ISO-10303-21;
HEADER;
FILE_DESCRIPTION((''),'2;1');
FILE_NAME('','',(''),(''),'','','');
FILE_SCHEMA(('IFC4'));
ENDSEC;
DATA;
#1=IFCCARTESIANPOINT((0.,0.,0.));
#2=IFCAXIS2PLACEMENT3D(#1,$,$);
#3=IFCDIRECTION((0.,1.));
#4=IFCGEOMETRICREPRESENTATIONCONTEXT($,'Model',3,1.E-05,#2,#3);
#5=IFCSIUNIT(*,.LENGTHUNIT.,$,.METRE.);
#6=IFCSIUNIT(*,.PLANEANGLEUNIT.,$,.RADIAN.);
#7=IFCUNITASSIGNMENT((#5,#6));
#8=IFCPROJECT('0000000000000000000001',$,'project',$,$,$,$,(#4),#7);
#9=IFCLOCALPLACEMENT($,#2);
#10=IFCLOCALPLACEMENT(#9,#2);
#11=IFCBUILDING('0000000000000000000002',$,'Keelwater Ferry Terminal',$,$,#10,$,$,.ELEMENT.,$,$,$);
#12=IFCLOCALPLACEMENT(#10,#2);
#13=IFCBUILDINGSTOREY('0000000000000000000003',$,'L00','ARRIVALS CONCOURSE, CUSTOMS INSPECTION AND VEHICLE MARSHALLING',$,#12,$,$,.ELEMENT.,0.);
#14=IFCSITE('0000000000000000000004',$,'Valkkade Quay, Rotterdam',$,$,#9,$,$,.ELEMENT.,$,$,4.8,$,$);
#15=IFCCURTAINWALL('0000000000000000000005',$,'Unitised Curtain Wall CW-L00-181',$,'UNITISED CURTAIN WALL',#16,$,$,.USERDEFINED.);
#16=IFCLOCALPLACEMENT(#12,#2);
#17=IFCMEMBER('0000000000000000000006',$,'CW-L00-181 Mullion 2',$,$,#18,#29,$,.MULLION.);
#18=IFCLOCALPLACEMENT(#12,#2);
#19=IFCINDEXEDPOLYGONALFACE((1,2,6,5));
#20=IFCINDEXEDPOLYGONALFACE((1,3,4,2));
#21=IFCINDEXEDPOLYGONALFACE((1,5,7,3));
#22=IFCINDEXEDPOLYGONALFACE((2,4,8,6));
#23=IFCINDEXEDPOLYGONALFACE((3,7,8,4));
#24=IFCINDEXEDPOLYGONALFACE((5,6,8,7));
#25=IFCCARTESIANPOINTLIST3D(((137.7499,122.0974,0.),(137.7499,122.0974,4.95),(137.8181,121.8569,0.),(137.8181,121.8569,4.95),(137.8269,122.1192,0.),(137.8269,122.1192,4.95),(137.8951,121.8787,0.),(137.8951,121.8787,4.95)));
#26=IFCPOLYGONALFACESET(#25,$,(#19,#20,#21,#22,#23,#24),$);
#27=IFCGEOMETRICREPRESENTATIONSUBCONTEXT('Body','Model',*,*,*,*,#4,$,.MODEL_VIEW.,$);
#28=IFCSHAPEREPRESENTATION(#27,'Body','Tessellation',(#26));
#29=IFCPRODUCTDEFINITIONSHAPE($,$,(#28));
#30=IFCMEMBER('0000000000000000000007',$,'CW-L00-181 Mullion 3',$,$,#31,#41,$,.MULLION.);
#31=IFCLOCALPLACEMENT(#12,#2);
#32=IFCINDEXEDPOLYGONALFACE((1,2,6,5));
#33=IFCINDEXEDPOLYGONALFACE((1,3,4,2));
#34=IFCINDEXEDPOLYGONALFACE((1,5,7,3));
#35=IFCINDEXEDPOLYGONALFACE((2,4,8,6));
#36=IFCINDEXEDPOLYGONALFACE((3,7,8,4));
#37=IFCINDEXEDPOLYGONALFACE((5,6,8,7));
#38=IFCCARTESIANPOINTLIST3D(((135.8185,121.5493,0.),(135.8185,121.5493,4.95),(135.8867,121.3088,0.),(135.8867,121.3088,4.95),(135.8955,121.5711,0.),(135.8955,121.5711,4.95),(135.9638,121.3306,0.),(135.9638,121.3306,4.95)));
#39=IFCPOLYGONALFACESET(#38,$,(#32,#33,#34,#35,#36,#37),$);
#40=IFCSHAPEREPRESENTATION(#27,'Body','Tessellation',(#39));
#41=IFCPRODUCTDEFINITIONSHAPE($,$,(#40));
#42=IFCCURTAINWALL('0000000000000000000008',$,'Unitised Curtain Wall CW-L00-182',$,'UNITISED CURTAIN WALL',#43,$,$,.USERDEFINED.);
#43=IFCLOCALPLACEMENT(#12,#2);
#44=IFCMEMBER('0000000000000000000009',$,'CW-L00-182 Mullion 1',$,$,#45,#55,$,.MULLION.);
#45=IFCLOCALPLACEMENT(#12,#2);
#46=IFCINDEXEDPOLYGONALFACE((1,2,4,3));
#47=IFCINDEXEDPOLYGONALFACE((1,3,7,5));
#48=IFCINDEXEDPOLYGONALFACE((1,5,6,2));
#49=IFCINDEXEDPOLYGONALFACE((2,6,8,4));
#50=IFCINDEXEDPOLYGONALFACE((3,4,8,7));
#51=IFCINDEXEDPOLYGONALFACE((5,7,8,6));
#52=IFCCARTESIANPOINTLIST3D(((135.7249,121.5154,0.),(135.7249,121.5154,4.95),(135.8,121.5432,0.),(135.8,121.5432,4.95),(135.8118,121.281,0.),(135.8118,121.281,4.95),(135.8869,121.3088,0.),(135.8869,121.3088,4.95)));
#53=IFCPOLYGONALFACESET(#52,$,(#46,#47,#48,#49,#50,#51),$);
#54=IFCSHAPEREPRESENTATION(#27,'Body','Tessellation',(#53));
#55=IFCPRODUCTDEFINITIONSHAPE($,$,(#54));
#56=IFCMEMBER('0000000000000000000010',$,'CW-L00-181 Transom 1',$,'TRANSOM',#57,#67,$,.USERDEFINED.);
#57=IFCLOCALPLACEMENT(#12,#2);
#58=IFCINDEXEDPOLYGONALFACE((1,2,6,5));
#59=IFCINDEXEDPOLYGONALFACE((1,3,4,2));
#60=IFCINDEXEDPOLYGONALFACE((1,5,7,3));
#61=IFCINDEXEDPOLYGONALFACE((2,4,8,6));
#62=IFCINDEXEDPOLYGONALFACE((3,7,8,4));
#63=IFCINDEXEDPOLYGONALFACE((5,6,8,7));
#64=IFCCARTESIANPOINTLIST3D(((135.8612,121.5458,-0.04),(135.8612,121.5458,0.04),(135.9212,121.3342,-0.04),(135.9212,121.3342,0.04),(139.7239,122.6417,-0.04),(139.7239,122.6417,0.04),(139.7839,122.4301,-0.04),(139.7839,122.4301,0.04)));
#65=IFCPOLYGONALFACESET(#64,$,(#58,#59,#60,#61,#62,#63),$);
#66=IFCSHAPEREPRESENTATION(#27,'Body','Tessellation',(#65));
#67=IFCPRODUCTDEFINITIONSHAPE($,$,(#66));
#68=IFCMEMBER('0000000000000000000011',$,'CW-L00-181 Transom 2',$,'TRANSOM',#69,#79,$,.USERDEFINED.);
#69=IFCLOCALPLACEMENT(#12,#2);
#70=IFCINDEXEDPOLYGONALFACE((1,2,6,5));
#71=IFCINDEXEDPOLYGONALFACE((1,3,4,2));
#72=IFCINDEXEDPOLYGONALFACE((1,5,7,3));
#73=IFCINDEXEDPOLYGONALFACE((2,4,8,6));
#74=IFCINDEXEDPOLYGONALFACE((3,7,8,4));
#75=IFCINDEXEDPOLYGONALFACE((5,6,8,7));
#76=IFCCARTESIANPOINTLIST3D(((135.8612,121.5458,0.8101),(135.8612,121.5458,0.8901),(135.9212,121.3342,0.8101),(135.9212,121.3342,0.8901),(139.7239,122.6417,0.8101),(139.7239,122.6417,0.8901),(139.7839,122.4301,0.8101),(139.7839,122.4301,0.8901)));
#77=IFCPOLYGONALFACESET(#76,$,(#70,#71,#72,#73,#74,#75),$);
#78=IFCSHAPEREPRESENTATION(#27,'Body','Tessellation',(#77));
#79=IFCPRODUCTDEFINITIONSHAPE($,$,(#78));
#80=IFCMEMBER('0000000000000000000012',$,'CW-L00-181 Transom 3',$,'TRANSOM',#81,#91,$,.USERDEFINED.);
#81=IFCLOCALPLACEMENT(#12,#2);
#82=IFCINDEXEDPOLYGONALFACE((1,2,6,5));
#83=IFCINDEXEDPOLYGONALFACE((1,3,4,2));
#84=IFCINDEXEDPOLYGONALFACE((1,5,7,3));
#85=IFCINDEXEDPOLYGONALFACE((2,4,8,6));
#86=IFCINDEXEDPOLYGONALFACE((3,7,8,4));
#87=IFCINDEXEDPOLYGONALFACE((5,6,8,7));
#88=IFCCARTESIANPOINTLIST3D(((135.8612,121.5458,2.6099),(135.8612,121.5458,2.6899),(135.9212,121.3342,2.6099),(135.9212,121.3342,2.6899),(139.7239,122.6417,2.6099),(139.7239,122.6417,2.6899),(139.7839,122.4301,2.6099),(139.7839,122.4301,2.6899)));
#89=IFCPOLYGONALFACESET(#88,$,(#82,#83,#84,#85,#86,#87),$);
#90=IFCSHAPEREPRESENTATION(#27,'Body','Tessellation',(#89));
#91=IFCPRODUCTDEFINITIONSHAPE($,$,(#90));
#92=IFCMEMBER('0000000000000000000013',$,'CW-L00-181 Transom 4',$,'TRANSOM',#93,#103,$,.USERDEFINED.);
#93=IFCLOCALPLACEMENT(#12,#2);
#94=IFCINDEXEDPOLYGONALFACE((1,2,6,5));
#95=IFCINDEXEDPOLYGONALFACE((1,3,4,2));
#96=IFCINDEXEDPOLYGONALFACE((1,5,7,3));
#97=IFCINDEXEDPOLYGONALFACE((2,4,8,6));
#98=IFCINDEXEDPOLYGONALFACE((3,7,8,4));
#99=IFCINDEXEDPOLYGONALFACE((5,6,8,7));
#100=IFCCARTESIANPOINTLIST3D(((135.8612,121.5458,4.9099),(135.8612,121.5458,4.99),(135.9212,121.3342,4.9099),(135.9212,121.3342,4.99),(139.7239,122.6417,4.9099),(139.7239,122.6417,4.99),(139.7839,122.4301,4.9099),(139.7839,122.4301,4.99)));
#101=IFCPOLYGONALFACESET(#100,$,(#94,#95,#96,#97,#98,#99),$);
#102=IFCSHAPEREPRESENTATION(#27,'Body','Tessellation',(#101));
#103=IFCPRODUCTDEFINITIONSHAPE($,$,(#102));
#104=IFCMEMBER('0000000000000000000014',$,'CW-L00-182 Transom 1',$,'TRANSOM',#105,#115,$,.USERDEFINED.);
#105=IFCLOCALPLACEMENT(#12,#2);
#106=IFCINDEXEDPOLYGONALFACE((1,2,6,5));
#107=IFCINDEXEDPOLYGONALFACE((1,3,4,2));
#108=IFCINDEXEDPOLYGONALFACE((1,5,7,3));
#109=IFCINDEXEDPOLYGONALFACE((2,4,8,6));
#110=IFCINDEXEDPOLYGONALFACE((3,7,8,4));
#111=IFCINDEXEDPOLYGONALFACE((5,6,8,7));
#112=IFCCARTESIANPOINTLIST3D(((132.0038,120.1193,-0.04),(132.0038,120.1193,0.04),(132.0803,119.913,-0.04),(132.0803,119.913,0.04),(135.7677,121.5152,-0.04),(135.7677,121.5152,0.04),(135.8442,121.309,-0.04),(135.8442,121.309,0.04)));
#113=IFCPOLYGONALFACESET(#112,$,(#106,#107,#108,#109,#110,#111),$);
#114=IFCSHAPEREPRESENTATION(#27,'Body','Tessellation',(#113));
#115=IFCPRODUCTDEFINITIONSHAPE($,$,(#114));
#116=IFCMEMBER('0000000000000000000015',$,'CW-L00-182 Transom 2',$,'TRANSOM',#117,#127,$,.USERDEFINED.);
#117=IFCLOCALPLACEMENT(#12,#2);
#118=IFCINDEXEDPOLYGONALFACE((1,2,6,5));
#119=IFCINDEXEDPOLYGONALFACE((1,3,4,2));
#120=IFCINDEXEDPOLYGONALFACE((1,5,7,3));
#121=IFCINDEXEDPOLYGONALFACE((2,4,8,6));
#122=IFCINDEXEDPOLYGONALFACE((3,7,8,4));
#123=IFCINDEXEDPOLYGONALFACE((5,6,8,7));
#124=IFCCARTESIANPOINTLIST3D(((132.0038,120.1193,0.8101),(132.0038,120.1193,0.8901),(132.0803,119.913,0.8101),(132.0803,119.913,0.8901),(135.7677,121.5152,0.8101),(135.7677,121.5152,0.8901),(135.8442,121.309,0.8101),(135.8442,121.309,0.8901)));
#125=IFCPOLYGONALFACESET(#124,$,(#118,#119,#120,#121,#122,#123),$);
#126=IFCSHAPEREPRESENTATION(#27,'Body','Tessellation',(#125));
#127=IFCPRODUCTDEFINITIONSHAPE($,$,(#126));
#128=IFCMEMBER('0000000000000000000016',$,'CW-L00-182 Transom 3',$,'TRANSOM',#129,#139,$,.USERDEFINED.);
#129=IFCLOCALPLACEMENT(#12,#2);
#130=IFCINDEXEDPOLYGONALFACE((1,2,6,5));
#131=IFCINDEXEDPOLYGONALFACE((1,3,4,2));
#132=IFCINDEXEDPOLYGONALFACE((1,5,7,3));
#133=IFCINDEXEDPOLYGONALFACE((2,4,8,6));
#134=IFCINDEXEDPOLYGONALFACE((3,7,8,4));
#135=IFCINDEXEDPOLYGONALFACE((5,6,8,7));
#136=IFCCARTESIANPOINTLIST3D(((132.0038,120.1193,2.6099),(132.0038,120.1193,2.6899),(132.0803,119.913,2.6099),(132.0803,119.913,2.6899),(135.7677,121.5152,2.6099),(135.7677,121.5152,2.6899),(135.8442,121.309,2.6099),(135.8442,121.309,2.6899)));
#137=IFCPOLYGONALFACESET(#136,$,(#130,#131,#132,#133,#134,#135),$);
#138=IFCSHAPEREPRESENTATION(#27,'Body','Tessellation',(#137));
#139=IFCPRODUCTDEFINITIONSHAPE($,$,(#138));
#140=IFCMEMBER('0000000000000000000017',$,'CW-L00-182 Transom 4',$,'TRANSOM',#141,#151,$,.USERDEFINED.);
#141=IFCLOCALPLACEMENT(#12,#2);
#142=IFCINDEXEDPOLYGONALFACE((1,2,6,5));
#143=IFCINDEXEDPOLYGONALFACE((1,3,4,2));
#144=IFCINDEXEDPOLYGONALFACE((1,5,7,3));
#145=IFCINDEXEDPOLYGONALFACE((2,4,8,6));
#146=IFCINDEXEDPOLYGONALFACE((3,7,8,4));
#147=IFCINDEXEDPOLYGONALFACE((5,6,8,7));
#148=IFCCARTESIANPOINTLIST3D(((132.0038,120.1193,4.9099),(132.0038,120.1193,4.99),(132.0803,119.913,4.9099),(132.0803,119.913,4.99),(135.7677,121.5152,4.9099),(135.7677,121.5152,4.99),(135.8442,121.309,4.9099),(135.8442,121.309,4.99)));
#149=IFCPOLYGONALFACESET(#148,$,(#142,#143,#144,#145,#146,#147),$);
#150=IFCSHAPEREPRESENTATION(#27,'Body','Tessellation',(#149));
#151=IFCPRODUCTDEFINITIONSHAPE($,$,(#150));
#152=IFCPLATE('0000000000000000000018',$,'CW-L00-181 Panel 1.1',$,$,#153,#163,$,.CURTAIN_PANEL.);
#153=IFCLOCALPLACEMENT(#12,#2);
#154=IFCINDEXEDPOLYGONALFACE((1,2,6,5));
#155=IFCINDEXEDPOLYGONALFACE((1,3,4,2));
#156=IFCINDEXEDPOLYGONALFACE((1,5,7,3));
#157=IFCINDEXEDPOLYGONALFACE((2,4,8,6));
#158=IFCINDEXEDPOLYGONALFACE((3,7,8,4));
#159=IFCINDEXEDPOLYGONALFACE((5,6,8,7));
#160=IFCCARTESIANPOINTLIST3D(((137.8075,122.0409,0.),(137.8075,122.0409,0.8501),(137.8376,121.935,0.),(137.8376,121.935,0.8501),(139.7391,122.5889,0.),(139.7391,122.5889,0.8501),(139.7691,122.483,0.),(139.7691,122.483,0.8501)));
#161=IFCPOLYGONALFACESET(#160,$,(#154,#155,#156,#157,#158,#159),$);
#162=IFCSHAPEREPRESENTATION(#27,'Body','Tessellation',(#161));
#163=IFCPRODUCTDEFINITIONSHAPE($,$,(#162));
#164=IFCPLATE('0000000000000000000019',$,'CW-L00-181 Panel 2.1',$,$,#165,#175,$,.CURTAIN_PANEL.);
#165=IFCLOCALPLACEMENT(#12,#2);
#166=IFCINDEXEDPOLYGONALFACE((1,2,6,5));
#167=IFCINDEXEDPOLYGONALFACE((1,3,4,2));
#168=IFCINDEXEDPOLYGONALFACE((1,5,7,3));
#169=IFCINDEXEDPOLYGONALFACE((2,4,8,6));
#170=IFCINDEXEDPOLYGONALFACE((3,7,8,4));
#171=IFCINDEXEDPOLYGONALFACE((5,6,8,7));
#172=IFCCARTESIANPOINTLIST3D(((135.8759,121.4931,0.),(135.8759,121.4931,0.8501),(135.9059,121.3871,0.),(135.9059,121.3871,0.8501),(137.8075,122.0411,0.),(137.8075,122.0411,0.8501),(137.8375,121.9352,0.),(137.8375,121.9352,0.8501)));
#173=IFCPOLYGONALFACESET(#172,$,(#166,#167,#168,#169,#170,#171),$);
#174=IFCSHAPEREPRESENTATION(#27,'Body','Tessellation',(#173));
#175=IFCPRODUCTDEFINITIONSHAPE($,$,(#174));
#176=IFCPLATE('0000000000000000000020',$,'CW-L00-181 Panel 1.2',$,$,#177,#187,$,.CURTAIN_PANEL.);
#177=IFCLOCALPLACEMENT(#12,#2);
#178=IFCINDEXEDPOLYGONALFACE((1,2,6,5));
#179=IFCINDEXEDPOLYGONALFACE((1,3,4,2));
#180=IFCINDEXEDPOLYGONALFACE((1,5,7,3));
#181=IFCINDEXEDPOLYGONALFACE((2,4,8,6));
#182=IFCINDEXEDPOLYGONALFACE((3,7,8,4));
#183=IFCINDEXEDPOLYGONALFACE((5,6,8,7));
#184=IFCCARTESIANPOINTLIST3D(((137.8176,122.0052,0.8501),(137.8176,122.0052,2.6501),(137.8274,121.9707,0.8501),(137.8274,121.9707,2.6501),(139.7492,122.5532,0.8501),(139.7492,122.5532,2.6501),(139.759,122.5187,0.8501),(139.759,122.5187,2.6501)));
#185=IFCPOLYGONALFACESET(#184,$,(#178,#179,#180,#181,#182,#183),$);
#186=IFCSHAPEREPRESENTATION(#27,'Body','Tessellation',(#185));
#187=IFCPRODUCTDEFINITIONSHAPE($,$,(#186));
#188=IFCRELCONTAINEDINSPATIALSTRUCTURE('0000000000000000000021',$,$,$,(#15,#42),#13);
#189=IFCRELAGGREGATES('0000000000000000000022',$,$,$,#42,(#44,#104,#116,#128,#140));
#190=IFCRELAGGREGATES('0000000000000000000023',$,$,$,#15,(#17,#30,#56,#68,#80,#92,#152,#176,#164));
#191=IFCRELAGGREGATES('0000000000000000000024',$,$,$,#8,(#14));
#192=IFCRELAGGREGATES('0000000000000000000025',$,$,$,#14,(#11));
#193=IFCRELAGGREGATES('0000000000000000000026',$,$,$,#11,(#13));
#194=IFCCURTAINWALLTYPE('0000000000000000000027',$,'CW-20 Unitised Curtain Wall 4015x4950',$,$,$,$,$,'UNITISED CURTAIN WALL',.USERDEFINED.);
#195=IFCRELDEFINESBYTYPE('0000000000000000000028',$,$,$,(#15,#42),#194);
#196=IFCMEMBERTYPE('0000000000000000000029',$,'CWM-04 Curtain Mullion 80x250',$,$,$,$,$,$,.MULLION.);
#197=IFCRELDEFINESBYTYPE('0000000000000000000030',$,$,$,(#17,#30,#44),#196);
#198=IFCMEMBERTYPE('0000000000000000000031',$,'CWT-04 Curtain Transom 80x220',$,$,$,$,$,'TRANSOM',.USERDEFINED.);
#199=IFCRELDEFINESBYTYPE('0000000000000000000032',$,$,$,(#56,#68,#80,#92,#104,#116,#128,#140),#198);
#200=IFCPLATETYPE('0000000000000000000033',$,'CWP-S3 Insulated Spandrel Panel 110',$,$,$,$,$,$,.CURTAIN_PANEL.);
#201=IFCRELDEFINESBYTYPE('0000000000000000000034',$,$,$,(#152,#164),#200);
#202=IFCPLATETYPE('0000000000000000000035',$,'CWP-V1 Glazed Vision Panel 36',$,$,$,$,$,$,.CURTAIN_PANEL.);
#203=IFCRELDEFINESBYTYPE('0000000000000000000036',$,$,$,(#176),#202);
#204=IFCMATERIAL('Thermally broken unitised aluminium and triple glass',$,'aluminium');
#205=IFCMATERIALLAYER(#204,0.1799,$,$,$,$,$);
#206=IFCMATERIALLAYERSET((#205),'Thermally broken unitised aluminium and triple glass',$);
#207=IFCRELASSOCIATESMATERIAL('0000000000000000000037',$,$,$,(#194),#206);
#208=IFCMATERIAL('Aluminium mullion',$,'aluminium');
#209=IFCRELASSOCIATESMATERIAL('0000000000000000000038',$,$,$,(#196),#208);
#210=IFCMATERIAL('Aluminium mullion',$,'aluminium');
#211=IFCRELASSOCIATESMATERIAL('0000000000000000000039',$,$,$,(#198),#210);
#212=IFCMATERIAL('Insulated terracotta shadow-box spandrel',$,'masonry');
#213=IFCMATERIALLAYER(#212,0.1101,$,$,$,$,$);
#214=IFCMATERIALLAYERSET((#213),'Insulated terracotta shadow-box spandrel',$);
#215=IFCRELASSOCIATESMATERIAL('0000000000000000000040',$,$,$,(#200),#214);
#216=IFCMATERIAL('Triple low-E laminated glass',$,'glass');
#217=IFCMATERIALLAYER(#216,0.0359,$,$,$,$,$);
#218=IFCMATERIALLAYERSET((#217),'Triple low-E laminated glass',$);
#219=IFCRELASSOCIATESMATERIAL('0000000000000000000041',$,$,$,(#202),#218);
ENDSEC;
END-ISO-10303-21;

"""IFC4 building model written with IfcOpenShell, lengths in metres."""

from ifc_helpers import new_model, si_unit, direction, frame, origin, origin_2d, place, context, subcontext, project, spatial, rectangle, extrude, material, layer, layer_set, material_profile, profile_set, type_object, element, aggregate, save


model = new_model("IFC4")

# Units and contexts
model_context = context("Model", 3, precision=1e-05, world=origin(), true_north=direction((0.0, 1.0)))
body_context = subcontext(model_context, "Body", "Model", "MODEL_VIEW")
ifc_project = project(units=[si_unit("LENGTHUNIT", "METRE"), si_unit("PLANEANGLEUNIT", "RADIAN")], contexts=[model_context])

# Site, building, storey
site_placement = place(None, origin())
site = spatial("IfcSite", under=ifc_project, at=site_placement, Name="Valkkade Quay, Rotterdam", CompositionType="ELEMENT", RefElevation=4.8)
building_placement = place(site_placement, origin())
building = spatial("IfcBuilding", under=site, at=building_placement, Name="Keelwater Ferry Terminal", CompositionType="ELEMENT")
storey_placement = place(building_placement, origin())
storey = spatial("IfcBuildingStorey", under=building, at=storey_placement, Name="L00", Description="ARRIVALS CONCOURSE, CUSTOMS INSPECTION AND VEHICLE MARSHALLING", CompositionType="ELEMENT", Elevation=0.0)

# Shared definitions
ifc_material_1 = material(Name="Thermally broken unitised aluminium and triple glass", Category="aluminium")
ifc_layer_1 = layer(ifc_material_1, 0.1799)
ifc_layer_set_1 = layer_set([ifc_layer_1], Name="Thermally broken unitised aluminium and triple glass")
curtain_wall_type = type_object("IfcCurtainWallType", Name="CW-20 Unitised Curtain Wall 4015x4950", ElementType="UNITISED CURTAIN WALL", PredefinedType="USERDEFINED", material=ifc_layer_set_1)
ifc_material_2 = material(Name="Aluminium mullion", Category="aluminium")
ifc_material_profile_1 = material_profile(ifc_material_2, rectangle(XDim=0.0801, YDim=0.25, at=origin_2d()), Name="CWM-04")
ifc_profile_set_1 = profile_set([ifc_material_profile_1], Name="Aluminium mullion")
member_type_1 = type_object("IfcMemberType", Name="CWM-04 Curtain Mullion 80x250", PredefinedType="MULLION", material=ifc_profile_set_1)

# Curtain wall, members
curtain_wall_1_placement = place(storey_placement, origin())
curtain_wall_1 = element("IfcCurtainWall", 1, at=curtain_wall_1_placement, inside=storey, type_object=curtain_wall_type, Name="Unitised Curtain Wall CW-L00-181", ObjectType="UNITISED CURTAIN WALL", PredefinedType="USERDEFINED")
member_1_placement = place(storey_placement, frame((137.8225, 121.988, 0.0), z_axis=(0.0, 0.0, 1.0), x_axis=(-0.96203, -0.272945, 0.0)))
member_1 = element("IfcMember", 2, at=member_1_placement, type_object=member_type_1, Name="CW-L00-181 Mullion 2", PredefinedType="MULLION", context=body_context, shape_type="SweptSolid", body=[
    extrude(rectangle(XDim=0.0801, YDim=0.25, at=origin_2d()), origin(), (0.0, 0.0, 1.0), 4.95),
])
member_2_placement = place(storey_placement, frame((135.8911, 121.4399, 0.0), z_axis=(0.0, 0.0, 1.0), x_axis=(-0.96203, -0.272945, 0.0)))
member_2 = element("IfcMember", 3, at=member_2_placement, type_object=member_type_1, Name="CW-L00-181 Mullion 3", PredefinedType="MULLION", context=body_context, shape_type="SweptSolid", body=[
    extrude(rectangle(XDim=0.0801, YDim=0.25, at=origin_2d()), origin(), (0.0, 0.0, 1.0), 4.95),
])

# Curtain wall, member
curtain_wall_2_placement = place(storey_placement, origin())
curtain_wall_2 = element("IfcCurtainWall", 4, at=curtain_wall_2_placement, inside=storey, type_object=curtain_wall_type, Name="Unitised Curtain Wall CW-L00-182", ObjectType="UNITISED CURTAIN WALL", PredefinedType="USERDEFINED")
member_3_placement = place(storey_placement, frame((135.8059, 121.4121, 0.0), z_axis=(0.0, 0.0, 1.0), x_axis=(-0.937592, -0.347736, 0.0)))
member_3 = element("IfcMember", 5, at=member_3_placement, type_object=member_type_1, Name="CW-L00-182 Mullion 1", PredefinedType="MULLION", context=body_context, shape_type="SweptSolid", body=[
    extrude(rectangle(XDim=0.0801, YDim=0.25, at=origin_2d()), origin(), (0.0, 0.0, 1.0), 4.95),
])

# Members
ifc_material_3 = material(Name="Aluminium mullion", Category="aluminium")
ifc_material_profile_2 = material_profile(ifc_material_3, rectangle(XDim=0.22, YDim=0.0801, at=origin_2d()), Name="CWT-04")
ifc_profile_set_2 = profile_set([ifc_material_profile_2], Name="Aluminium mullion")
member_type_2 = type_object("IfcMemberType", Name="CWT-04 Curtain Transom 80x220", ElementType="TRANSOM", PredefinedType="USERDEFINED", material=ifc_profile_set_2)
member_4_placement = place(storey_placement, frame((139.7539, 122.5359, 0.0), z_axis=(-0.962029, -0.272946, 0.0), x_axis=(0.272946, -0.962029, 0.0)))
member_4 = element("IfcMember", 6, at=member_4_placement, type_object=member_type_2, Name="CW-L00-181 Transom 1", ObjectType="TRANSOM", PredefinedType="USERDEFINED", context=body_context, shape_type="SweptSolid", body=[
    extrude(rectangle(XDim=0.22, YDim=0.0801, at=origin_2d()), origin(), (0.0, 0.0, 1.0), 4.0151),
])
member_5_placement = place(storey_placement, frame((139.7539, 122.5359, 0.8501), z_axis=(-0.962029, -0.272946, 0.0), x_axis=(0.272946, -0.962029, 0.0)))
member_5 = element("IfcMember", 7, at=member_5_placement, type_object=member_type_2, Name="CW-L00-181 Transom 2", ObjectType="TRANSOM", PredefinedType="USERDEFINED", context=body_context, shape_type="SweptSolid", body=[
    extrude(rectangle(XDim=0.22, YDim=0.0801, at=origin_2d()), origin(), (0.0, 0.0, 1.0), 4.0151),
])
member_6_placement = place(storey_placement, frame((139.7539, 122.5359, 2.6499), z_axis=(-0.962029, -0.272946, 0.0), x_axis=(0.272946, -0.962029, 0.0)))
member_6 = element("IfcMember", 8, at=member_6_placement, type_object=member_type_2, Name="CW-L00-181 Transom 3", ObjectType="TRANSOM", PredefinedType="USERDEFINED", context=body_context, shape_type="SweptSolid", body=[
    extrude(rectangle(XDim=0.22, YDim=0.0801, at=origin_2d()), origin(), (0.0, 0.0, 1.0), 4.0151),
])
member_7_placement = place(storey_placement, frame((139.7539, 122.5359, 4.95), z_axis=(-0.962029, -0.272946, 0.0), x_axis=(0.272946, -0.962029, 0.0)))
member_7 = element("IfcMember", 9, at=member_7_placement, type_object=member_type_2, Name="CW-L00-181 Transom 4", ObjectType="TRANSOM", PredefinedType="USERDEFINED", context=body_context, shape_type="SweptSolid", body=[
    extrude(rectangle(XDim=0.22, YDim=0.0801, at=origin_2d()), origin(), (0.0, 0.0, 1.0), 4.0151),
])
member_8_placement = place(storey_placement, frame((135.8059, 121.4121, 0.0), z_axis=(-0.93759, -0.347742, 0.0), x_axis=(0.347742, -0.93759, 0.0)))
member_8 = element("IfcMember", 10, at=member_8_placement, type_object=member_type_2, Name="CW-L00-182 Transom 1", ObjectType="TRANSOM", PredefinedType="USERDEFINED", context=body_context, shape_type="SweptSolid", body=[
    extrude(rectangle(XDim=0.22, YDim=0.0801, at=origin_2d()), origin(), (0.0, 0.0, 1.0), 4.0144),
])
member_9_placement = place(storey_placement, frame((135.8059, 121.4121, 0.8501), z_axis=(-0.93759, -0.347742, 0.0), x_axis=(0.347742, -0.93759, 0.0)))
member_9 = element("IfcMember", 11, at=member_9_placement, type_object=member_type_2, Name="CW-L00-182 Transom 2", ObjectType="TRANSOM", PredefinedType="USERDEFINED", context=body_context, shape_type="SweptSolid", body=[
    extrude(rectangle(XDim=0.22, YDim=0.0801, at=origin_2d()), origin(), (0.0, 0.0, 1.0), 4.0144),
])
member_10_placement = place(storey_placement, frame((135.8059, 121.4121, 2.6499), z_axis=(-0.93759, -0.347742, 0.0), x_axis=(0.347742, -0.93759, 0.0)))
member_10 = element("IfcMember", 12, at=member_10_placement, type_object=member_type_2, Name="CW-L00-182 Transom 3", ObjectType="TRANSOM", PredefinedType="USERDEFINED", context=body_context, shape_type="SweptSolid", body=[
    extrude(rectangle(XDim=0.22, YDim=0.0801, at=origin_2d()), origin(), (0.0, 0.0, 1.0), 4.0144),
])
member_11_placement = place(storey_placement, frame((135.8059, 121.4121, 4.95), z_axis=(-0.93759, -0.347742, 0.0), x_axis=(0.347742, -0.93759, 0.0)))
member_11 = element("IfcMember", 13, at=member_11_placement, type_object=member_type_2, Name="CW-L00-182 Transom 4", ObjectType="TRANSOM", PredefinedType="USERDEFINED", context=body_context, shape_type="SweptSolid", body=[
    extrude(rectangle(XDim=0.22, YDim=0.0801, at=origin_2d()), origin(), (0.0, 0.0, 1.0), 4.0144),
])
aggregate(curtain_wall_2, [member_3, member_8, member_9, member_10, member_11])

# Plates
ifc_material_4 = material(Name="Insulated terracotta shadow-box spandrel", Category="masonry")
ifc_layer_2 = layer(ifc_material_4, 0.1101)
ifc_layer_set_2 = layer_set([ifc_layer_2], Name="Insulated terracotta shadow-box spandrel")
plate_type_1 = type_object("IfcPlateType", Name="CWP-S3 Insulated Spandrel Panel 110", PredefinedType="CURTAIN_PANEL", material=ifc_layer_set_2)
plate_1_placement = place(storey_placement, frame((138.7883, 122.262, 0.0), z_axis=(0.0, 0.0, 1.0), x_axis=(-0.96203, -0.272945, 0.0)))
plate_1 = element("IfcPlate", 14, at=plate_1_placement, type_object=plate_type_1, Name="CW-L00-181 Panel 1.1", PredefinedType="CURTAIN_PANEL", context=body_context, shape_type="SweptSolid", body=[
    extrude(rectangle(XDim=2.0078, YDim=0.1101, at=origin_2d()), origin(), (0.0, 0.0, 1.0), 0.8501),
])
plate_2_placement = place(storey_placement, frame((136.8567, 121.7141, 0.0), z_axis=(0.0, 0.0, 1.0), x_axis=(-0.96203, -0.272945, 0.0)))
plate_2 = element("IfcPlate", 15, at=plate_2_placement, type_object=plate_type_1, Name="CW-L00-181 Panel 2.1", PredefinedType="CURTAIN_PANEL", context=body_context, shape_type="SweptSolid", body=[
    extrude(rectangle(XDim=2.0078, YDim=0.1101, at=origin_2d()), origin(), (0.0, 0.0, 1.0), 0.8501),
])
ifc_material_5 = material(Name="Triple low-E laminated glass", Category="glass")
ifc_layer_3 = layer(ifc_material_5, 0.0359)
ifc_layer_set_3 = layer_set([ifc_layer_3], Name="Triple low-E laminated glass")
plate_type_2 = type_object("IfcPlateType", Name="CWP-V1 Glazed Vision Panel 36", PredefinedType="CURTAIN_PANEL", material=ifc_layer_set_3)
plate_3_placement = place(storey_placement, frame((138.7883, 122.262, 0.8501), z_axis=(0.0, 0.0, 1.0), x_axis=(-0.96203, -0.272945, 0.0)))
plate_3 = element("IfcPlate", 16, at=plate_3_placement, type_object=plate_type_2, Name="CW-L00-181 Panel 1.2", PredefinedType="CURTAIN_PANEL", context=body_context, shape_type="SweptSolid", body=[
    extrude(rectangle(XDim=2.0078, YDim=0.0359, at=origin_2d()), origin(), (0.0, 0.0, 1.0), 1.8),
])
aggregate(curtain_wall_1, [member_1, member_2, member_4, member_5, member_6, member_7, plate_1, plate_3, plate_2])

save(model, "model.ifc")
